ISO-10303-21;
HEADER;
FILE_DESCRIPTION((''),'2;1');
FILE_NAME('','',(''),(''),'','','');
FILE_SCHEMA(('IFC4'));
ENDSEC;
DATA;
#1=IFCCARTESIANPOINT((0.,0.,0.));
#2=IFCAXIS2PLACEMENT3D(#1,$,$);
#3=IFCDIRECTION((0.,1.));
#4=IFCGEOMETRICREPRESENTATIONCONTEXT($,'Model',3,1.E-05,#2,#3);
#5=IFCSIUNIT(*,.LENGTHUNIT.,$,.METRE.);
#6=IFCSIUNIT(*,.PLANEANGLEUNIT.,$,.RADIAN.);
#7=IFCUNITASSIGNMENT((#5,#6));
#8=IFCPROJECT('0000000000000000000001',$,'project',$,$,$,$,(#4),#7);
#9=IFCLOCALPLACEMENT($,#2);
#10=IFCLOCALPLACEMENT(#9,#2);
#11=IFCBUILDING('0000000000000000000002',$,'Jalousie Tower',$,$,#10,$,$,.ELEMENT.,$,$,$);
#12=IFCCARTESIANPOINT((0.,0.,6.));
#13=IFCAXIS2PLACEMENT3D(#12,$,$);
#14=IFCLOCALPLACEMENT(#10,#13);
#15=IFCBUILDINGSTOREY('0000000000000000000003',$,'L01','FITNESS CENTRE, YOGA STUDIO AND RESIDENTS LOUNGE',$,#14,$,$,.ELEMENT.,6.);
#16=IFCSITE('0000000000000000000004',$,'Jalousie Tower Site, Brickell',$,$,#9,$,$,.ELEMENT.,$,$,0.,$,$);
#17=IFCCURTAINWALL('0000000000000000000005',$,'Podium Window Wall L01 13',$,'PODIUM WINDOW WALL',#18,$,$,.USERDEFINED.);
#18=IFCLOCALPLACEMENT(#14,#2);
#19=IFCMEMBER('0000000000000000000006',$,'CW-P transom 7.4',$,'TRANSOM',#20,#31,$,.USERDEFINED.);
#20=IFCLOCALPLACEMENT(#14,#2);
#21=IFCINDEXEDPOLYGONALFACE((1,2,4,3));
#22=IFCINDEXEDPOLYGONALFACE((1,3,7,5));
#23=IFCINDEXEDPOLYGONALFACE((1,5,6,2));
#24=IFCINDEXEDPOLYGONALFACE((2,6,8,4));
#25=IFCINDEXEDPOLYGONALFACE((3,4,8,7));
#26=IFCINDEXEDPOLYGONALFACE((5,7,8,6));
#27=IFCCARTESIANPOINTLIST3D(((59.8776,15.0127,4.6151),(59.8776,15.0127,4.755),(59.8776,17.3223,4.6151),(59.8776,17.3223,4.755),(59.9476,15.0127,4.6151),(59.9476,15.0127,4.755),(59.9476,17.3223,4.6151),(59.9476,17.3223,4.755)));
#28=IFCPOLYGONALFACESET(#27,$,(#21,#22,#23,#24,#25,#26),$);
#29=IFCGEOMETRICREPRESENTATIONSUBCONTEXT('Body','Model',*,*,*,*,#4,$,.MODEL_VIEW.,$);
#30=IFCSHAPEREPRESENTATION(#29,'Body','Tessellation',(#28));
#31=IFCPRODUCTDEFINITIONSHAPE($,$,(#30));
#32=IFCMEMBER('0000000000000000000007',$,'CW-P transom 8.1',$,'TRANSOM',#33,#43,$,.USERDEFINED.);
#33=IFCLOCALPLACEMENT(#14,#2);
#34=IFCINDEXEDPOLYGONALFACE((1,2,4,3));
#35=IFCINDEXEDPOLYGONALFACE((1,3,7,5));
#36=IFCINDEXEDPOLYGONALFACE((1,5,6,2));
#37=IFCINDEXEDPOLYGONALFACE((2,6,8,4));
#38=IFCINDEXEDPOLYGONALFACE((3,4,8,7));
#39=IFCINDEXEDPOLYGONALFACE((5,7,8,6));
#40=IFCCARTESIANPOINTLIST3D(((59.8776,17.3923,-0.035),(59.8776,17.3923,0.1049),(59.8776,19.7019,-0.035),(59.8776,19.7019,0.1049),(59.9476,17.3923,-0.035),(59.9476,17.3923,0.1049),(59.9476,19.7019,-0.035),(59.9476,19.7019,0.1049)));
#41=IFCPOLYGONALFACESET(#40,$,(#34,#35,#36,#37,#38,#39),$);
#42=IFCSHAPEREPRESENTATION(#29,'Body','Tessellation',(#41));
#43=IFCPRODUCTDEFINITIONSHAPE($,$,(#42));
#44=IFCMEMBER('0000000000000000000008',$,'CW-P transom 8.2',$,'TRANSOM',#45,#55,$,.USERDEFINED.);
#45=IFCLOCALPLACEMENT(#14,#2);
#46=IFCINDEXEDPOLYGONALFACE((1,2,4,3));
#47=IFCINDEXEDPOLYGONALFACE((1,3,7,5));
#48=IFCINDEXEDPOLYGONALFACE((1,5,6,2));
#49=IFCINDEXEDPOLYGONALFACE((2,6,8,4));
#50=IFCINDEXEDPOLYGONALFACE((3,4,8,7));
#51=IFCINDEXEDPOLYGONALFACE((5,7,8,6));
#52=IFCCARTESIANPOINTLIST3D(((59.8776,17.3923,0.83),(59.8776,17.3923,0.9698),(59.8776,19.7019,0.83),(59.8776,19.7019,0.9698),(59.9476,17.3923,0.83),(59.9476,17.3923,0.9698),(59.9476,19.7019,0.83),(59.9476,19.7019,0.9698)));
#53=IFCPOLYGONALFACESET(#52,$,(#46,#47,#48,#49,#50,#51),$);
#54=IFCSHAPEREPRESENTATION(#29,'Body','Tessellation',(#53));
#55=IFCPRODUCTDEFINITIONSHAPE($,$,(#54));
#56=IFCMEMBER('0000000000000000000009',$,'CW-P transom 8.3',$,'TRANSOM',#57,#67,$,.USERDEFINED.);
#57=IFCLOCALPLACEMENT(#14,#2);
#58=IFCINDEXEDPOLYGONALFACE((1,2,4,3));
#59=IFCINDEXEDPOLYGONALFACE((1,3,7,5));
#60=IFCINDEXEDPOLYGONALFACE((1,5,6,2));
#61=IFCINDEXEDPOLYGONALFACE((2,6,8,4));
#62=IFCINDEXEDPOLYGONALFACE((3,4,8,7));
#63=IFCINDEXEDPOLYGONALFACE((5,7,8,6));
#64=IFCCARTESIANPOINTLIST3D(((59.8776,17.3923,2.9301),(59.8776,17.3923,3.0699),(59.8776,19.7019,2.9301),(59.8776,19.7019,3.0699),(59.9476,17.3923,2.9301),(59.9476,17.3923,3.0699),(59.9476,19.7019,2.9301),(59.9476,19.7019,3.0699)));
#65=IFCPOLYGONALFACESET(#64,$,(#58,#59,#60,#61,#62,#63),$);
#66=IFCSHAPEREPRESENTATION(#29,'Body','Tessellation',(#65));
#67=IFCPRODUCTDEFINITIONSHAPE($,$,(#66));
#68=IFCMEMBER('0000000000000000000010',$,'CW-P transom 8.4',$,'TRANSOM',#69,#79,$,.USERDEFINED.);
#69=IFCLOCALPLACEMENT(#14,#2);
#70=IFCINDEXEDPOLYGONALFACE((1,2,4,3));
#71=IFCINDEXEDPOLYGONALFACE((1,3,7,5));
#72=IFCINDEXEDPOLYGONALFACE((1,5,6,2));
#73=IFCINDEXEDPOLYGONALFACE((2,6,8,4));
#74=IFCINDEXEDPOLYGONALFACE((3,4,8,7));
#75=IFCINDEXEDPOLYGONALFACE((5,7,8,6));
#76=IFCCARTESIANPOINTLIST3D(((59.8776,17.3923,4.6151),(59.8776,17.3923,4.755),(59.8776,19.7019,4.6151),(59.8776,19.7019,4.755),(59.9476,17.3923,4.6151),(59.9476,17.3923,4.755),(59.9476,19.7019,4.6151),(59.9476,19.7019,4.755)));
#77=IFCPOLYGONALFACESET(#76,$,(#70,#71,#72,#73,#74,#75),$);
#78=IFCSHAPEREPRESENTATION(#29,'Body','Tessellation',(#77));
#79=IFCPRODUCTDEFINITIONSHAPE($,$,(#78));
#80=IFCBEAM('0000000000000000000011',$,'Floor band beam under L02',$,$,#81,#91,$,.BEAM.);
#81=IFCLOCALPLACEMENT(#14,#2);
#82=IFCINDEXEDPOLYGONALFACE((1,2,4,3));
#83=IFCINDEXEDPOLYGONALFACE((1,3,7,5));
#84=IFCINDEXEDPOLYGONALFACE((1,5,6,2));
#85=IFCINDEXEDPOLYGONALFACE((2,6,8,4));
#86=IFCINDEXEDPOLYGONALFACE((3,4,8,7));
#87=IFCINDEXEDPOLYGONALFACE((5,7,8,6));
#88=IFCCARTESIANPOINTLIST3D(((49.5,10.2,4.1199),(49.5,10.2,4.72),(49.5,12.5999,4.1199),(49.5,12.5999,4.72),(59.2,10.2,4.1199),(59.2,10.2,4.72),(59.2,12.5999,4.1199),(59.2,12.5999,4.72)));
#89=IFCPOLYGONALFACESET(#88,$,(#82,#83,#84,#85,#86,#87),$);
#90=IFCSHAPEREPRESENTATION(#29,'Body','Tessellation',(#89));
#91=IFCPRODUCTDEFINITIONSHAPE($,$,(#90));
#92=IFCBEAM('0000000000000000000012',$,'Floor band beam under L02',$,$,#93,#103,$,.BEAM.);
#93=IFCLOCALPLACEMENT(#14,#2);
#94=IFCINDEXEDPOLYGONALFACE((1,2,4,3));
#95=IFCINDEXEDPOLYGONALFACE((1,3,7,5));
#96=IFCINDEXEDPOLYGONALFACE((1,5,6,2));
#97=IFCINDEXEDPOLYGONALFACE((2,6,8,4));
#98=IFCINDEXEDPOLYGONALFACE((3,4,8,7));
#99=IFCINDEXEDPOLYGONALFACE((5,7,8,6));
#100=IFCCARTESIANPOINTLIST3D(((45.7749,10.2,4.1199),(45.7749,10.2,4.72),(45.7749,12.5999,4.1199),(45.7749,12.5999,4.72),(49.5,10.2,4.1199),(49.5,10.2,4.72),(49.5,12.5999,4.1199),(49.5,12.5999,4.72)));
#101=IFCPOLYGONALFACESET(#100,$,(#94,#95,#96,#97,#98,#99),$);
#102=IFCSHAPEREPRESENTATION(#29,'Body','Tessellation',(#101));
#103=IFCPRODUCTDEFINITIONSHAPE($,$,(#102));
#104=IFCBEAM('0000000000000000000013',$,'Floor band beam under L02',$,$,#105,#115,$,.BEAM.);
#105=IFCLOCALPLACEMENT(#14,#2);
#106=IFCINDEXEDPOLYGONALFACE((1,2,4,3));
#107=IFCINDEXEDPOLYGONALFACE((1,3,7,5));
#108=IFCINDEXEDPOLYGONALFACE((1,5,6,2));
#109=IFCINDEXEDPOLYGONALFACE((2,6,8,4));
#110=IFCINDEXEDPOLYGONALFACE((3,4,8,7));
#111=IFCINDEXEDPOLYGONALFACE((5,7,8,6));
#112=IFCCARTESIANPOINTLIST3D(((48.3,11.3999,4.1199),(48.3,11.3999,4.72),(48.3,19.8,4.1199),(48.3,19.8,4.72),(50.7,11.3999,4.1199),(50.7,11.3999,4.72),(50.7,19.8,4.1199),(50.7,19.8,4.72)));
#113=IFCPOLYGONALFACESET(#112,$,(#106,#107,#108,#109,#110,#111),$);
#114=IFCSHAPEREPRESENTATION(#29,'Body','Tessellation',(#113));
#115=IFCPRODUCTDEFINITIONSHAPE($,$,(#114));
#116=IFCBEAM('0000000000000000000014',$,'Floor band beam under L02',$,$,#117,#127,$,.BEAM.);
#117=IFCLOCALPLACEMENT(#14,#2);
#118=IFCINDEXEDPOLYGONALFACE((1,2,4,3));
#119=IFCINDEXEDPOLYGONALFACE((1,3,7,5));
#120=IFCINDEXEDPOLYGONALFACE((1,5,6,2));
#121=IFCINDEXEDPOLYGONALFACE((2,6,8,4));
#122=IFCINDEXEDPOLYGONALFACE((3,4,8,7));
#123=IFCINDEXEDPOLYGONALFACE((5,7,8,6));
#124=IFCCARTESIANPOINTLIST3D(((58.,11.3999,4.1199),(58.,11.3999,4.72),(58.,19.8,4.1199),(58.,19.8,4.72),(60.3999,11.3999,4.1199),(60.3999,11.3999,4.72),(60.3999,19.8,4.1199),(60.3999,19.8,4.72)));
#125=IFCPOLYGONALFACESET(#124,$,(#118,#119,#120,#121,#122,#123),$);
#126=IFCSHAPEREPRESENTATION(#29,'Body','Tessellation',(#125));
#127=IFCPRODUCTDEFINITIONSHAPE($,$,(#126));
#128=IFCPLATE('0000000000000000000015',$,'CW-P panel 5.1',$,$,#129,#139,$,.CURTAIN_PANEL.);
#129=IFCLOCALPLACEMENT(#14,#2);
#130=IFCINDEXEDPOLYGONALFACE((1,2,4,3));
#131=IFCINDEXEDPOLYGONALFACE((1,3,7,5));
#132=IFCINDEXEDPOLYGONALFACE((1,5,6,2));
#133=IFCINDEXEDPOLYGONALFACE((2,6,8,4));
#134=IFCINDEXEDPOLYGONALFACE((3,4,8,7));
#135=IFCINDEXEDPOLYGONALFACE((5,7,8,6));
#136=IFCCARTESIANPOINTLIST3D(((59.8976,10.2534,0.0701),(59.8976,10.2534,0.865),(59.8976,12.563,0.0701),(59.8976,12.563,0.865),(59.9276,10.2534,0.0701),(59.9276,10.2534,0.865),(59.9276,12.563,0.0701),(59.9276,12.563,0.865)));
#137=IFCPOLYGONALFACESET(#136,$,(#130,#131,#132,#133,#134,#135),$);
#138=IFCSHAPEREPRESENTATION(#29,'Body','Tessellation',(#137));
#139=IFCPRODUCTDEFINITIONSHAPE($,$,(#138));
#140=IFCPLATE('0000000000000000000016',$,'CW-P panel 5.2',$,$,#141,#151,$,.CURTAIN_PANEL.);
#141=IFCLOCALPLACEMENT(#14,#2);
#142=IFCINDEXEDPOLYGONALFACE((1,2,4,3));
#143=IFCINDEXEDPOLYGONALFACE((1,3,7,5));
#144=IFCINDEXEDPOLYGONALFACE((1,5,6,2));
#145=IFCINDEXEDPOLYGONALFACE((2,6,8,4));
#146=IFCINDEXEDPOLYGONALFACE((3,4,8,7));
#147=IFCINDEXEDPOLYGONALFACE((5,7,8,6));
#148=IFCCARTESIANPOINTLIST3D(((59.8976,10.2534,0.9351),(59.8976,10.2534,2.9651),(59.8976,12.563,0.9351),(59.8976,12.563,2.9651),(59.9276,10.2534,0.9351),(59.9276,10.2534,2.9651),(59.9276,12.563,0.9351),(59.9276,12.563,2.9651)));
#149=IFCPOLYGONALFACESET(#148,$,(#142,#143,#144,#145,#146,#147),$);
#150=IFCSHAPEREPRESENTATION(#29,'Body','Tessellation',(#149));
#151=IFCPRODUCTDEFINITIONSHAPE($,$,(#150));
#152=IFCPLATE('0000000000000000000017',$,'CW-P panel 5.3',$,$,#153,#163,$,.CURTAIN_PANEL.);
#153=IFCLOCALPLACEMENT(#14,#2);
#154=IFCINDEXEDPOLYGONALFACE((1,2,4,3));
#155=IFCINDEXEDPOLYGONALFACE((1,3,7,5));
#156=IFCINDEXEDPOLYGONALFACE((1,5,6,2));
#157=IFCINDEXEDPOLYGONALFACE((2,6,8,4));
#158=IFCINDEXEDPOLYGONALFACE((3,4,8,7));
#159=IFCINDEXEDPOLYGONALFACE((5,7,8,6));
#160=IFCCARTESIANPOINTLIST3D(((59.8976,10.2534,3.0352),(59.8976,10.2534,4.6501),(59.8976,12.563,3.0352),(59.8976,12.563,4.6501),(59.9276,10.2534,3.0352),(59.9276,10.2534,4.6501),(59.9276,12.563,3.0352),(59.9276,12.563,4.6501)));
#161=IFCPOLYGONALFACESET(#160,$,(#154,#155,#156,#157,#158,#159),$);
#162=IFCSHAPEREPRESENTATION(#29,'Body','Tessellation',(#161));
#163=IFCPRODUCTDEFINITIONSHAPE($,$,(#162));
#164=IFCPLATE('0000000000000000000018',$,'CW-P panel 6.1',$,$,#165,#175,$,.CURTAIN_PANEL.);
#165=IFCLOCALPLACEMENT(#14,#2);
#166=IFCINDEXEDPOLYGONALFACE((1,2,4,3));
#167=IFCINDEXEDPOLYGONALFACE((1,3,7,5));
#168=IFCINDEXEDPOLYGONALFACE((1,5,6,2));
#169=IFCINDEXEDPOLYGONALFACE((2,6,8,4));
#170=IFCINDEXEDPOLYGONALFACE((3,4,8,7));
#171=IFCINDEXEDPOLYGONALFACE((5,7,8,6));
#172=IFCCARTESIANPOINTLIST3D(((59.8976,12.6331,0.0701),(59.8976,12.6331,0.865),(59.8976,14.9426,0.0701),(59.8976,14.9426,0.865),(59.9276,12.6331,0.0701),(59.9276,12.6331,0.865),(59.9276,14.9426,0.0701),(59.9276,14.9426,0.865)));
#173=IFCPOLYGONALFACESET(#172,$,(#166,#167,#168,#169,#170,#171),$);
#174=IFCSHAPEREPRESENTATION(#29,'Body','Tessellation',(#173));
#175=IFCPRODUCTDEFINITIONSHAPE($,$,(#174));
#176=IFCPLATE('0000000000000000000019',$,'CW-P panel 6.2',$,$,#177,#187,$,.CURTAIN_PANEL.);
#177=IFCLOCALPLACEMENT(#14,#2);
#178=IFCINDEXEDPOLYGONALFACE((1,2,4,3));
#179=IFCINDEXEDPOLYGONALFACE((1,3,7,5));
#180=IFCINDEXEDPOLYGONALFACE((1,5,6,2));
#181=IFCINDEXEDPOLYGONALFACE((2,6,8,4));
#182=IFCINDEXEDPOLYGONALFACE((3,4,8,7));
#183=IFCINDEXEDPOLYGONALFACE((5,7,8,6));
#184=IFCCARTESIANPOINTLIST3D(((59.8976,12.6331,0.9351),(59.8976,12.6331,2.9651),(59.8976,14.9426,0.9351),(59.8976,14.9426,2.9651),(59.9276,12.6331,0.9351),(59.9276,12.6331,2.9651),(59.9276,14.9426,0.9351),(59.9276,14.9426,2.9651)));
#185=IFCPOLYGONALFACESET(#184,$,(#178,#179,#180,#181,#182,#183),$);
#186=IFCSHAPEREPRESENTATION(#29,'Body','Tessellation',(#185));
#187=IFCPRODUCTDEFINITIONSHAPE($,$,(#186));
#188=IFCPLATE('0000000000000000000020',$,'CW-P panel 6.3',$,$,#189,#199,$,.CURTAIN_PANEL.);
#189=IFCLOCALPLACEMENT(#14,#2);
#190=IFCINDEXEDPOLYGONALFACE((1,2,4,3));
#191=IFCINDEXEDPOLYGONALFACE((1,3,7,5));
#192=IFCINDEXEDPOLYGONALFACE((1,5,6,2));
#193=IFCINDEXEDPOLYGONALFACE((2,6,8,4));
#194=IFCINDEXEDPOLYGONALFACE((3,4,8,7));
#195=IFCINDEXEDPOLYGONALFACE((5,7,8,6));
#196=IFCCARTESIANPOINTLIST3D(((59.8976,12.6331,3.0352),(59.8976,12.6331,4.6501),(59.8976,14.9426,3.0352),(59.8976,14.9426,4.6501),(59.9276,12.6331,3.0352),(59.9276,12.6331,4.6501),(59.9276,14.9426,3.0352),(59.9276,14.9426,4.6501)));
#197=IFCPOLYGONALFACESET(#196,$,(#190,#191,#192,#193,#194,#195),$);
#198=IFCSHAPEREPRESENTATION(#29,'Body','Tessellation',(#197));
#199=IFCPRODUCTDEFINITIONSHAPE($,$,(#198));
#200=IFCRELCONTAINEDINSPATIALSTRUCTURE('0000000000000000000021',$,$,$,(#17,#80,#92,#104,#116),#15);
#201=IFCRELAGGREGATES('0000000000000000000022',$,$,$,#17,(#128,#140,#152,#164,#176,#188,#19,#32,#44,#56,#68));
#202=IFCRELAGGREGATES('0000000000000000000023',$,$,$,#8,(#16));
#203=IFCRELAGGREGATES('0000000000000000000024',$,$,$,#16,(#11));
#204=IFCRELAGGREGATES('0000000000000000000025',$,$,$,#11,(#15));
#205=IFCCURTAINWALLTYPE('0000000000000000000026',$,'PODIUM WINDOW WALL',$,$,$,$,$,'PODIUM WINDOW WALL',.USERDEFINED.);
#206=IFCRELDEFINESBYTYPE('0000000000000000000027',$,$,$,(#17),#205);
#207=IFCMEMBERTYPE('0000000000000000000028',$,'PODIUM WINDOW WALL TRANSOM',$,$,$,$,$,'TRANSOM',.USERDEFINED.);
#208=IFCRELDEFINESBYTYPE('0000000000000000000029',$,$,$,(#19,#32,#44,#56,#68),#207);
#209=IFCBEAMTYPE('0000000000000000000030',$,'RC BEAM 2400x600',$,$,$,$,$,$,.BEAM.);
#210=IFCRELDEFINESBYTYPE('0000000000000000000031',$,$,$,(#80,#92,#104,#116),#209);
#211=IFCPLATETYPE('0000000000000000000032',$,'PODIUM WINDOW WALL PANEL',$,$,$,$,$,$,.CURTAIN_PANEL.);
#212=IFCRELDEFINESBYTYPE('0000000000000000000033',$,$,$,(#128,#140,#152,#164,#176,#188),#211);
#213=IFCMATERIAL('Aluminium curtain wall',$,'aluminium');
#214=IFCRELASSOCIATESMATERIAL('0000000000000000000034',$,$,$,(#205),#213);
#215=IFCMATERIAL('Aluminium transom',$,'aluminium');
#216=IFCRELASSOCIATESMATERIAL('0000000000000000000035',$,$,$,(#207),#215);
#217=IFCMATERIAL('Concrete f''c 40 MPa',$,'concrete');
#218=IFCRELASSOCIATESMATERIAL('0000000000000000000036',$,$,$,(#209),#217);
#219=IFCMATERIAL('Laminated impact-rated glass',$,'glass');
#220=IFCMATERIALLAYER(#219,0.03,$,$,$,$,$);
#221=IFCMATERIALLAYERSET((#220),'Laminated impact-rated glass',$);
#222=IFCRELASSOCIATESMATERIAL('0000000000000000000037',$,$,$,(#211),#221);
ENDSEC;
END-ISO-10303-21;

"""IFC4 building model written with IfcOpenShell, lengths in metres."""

from ifc_helpers import new_model, si_unit, direction, frame, origin, origin_2d, place, context, subcontext, project, spatial, rectangle, extrude, material, layer, layer_set, material_profile, profile_set, type_object, element, aggregate, save


model = new_model("IFC4")

# Units and contexts
model_context = context("Model", 3, precision=1e-05, world=origin(), true_north=direction((0.0, 1.0)))
body_context = subcontext(model_context, "Body", "Model", "MODEL_VIEW")
ifc_project = project(units=[si_unit("LENGTHUNIT", "METRE"), si_unit("PLANEANGLEUNIT", "RADIAN")], contexts=[model_context])

# Site, building, storey
site_placement = place(None, origin())
site = spatial("IfcSite", under=ifc_project, at=site_placement, Name="Jalousie Tower Site, Brickell", CompositionType="ELEMENT", RefElevation=0.0)
building_placement = place(site_placement, origin())
building = spatial("IfcBuilding", under=site, at=building_placement, Name="Jalousie Tower", CompositionType="ELEMENT")
storey_placement = place(building_placement, frame((0.0, 0.0, 6.0)))
storey = spatial("IfcBuildingStorey", under=building, at=storey_placement, Name="L01", Description="FITNESS CENTRE, YOGA STUDIO AND RESIDENTS LOUNGE", CompositionType="ELEMENT", Elevation=6.0)

# Curtain wall, members
ifc_material_1 = material(Name="Aluminium curtain wall", Category="aluminium")
curtain_wall_type = type_object("IfcCurtainWallType", Name="PODIUM WINDOW WALL", ElementType="PODIUM WINDOW WALL", PredefinedType="USERDEFINED", material=ifc_material_1)
curtain_wall_placement = place(storey_placement, origin())
curtain_wall = element("IfcCurtainWall", 1, at=curtain_wall_placement, inside=storey, type_object=curtain_wall_type, Name="Podium Window Wall L01 13", ObjectType="PODIUM WINDOW WALL", PredefinedType="USERDEFINED")
ifc_material_2 = material(Name="Aluminium transom", Category="aluminium")
ifc_material_profile_1 = material_profile(ifc_material_2, rectangle(XDim=0.0701, YDim=0.1399, at=origin_2d()), Name="TRANSOM 70x140")
ifc_profile_set_1 = profile_set([ifc_material_profile_1], Name="Aluminium transom")
member_type_1 = type_object("IfcMemberType", Name="PODIUM WINDOW WALL TRANSOM", ElementType="TRANSOM", PredefinedType="USERDEFINED", material=ifc_profile_set_1)
member_1_placement = place(storey_placement, frame((59.9126, 15.0127, 4.6851), z_axis=(0.0, 1.0, 0.0), x_axis=(-1.0, 0.0, 0.0)))
member_1 = element("IfcMember", 2, at=member_1_placement, type_object=member_type_1, Name="CW-P transom 7.4", ObjectType="TRANSOM", PredefinedType="USERDEFINED", context=body_context, shape_type="SweptSolid", body=[
    extrude(rectangle(XDim=0.0701, YDim=0.1399, at=origin_2d()), origin(), (0.0, 0.0, 1.0), 2.3096),
])
member_2_placement = place(storey_placement, frame((59.9126, 17.3923, 0.0349), z_axis=(0.0, 1.0, 0.0), x_axis=(-1.0, 0.0, 0.0)))
member_2 = element("IfcMember", 3, at=member_2_placement, type_object=member_type_1, Name="CW-P transom 8.1", ObjectType="TRANSOM", PredefinedType="USERDEFINED", context=body_context, shape_type="SweptSolid", body=[
    extrude(rectangle(XDim=0.0701, YDim=0.1399, at=origin_2d()), origin(), (0.0, 0.0, 1.0), 2.3096),
])
member_3_placement = place(storey_placement, frame((59.9126, 17.3923, 0.8999), z_axis=(0.0, 1.0, 0.0), x_axis=(-1.0, 0.0, 0.0)))
member_3 = element("IfcMember", 4, at=member_3_placement, type_object=member_type_1, Name="CW-P transom 8.2", ObjectType="TRANSOM", PredefinedType="USERDEFINED", context=body_context, shape_type="SweptSolid", body=[
    extrude(rectangle(XDim=0.0701, YDim=0.1399, at=origin_2d()), origin(), (0.0, 0.0, 1.0), 2.3096),
])
member_4_placement = place(storey_placement, frame((59.9126, 17.3923, 3.0), z_axis=(0.0, 1.0, 0.0), x_axis=(-1.0, 0.0, 0.0)))
member_4 = element("IfcMember", 5, at=member_4_placement, type_object=member_type_1, Name="CW-P transom 8.3", ObjectType="TRANSOM", PredefinedType="USERDEFINED", context=body_context, shape_type="SweptSolid", body=[
    extrude(rectangle(XDim=0.0701, YDim=0.1399, at=origin_2d()), origin(), (0.0, 0.0, 1.0), 2.3096),
])
member_5_placement = place(storey_placement, frame((59.9126, 17.3923, 4.6851), z_axis=(0.0, 1.0, 0.0), x_axis=(-1.0, 0.0, 0.0)))
member_5 = element("IfcMember", 6, at=member_5_placement, type_object=member_type_1, Name="CW-P transom 8.4", ObjectType="TRANSOM", PredefinedType="USERDEFINED", context=body_context, shape_type="SweptSolid", body=[
    extrude(rectangle(XDim=0.0701, YDim=0.1399, at=origin_2d()), origin(), (0.0, 0.0, 1.0), 2.3096),
])

# Beams
ifc_material_3 = material(Name="Concrete f'c 40 MPa", Category="concrete")
ifc_material_profile_2 = material_profile(ifc_material_3, rectangle(XDim=2.3999, YDim=0.6001, at=origin_2d()), Name="RC 2400x600")
ifc_profile_set_2 = profile_set([ifc_material_profile_2], Name="Concrete f'c 40 MPa")
beam_type = type_object("IfcBeamType", Name="RC BEAM 2400x600", PredefinedType="BEAM", material=ifc_profile_set_2)
beam_1_placement = place(storey_placement, frame((49.5, 11.3999, 4.4199), z_axis=(1.0, 0.0, 0.0), x_axis=(0.0, 1.0, 0.0)))
element("IfcBeam", 7, at=beam_1_placement, inside=storey, type_object=beam_type, Name="Floor band beam under L02", PredefinedType="BEAM", context=body_context, shape_type="SweptSolid", body=[
    extrude(rectangle(XDim=2.3999, YDim=0.6001, at=origin_2d()), origin(), (0.0, 0.0, 1.0), 9.7),
])
beam_2_placement = place(storey_placement, frame((49.5, 11.3999, 4.4199), z_axis=(-1.0, 0.0, 0.0), x_axis=(0.0, -1.0, 0.0)))
element("IfcBeam", 8, at=beam_2_placement, inside=storey, type_object=beam_type, Name="Floor band beam under L02", PredefinedType="BEAM", context=body_context, shape_type="SweptSolid", body=[
    extrude(rectangle(XDim=2.3999, YDim=0.6001, at=origin_2d()), origin(), (0.0, 0.0, 1.0), 3.7251),
])
for number, where, z_axis, x_axis, name in (
    (9, (49.5, 11.3999, 4.4199), (0.0, 1.0, 0.0), (-1.0, 0.0, 0.0), "Floor band beam under L02"),
    (10, (59.2, 11.3999, 4.4199), (0.0, 1.0, 0.0), (-1.0, 0.0, 0.0), "Floor band beam under L02"),
):
    element("IfcBeam", number, at=place(storey_placement, frame(where, z_axis=z_axis, x_axis=x_axis)), inside=storey, type_object=beam_type, Name=name, PredefinedType="BEAM", context=body_context, shape_type="SweptSolid", body=[
        extrude(rectangle(XDim=2.3999, YDim=0.6001, at=origin_2d()), origin(), (0.0, 0.0, 1.0), 8.4001),
    ])

# Plates
ifc_material_4 = material(Name="Laminated impact-rated glass", Category="glass")
ifc_layer = layer(ifc_material_4, 0.03)
ifc_layer_set = layer_set([ifc_layer], Name="Laminated impact-rated glass")
plate_type = type_object("IfcPlateType", Name="PODIUM WINDOW WALL PANEL", PredefinedType="CURTAIN_PANEL", material=ifc_layer_set)
plate_1_placement = place(storey_placement, frame((59.9126, 11.4082, 0.0701), z_axis=(0.0, 0.0, 1.0), x_axis=(0.0, 1.0, 0.0)))
plate_1 = element("IfcPlate", 11, at=plate_1_placement, type_object=plate_type, Name="CW-P panel 5.1", PredefinedType="CURTAIN_PANEL", context=body_context, shape_type="SweptSolid", body=[
    extrude(rectangle(XDim=2.3096, YDim=0.03, at=origin_2d()), origin(), (0.0, 0.0, 1.0), 0.7949),
])
plate_2_placement = place(storey_placement, frame((59.9126, 11.4082, 0.9351), z_axis=(0.0, 0.0, 1.0), x_axis=(0.0, 1.0, 0.0)))
plate_2 = element("IfcPlate", 12, at=plate_2_placement, type_object=plate_type, Name="CW-P panel 5.2", PredefinedType="CURTAIN_PANEL", context=body_context, shape_type="SweptSolid", body=[
    extrude(rectangle(XDim=2.3096, YDim=0.03, at=origin_2d()), origin(), (0.0, 0.0, 1.0), 2.03),
])
plate_3_placement = place(storey_placement, frame((59.9126, 11.4082, 3.0352), z_axis=(0.0, 0.0, 1.0), x_axis=(0.0, 1.0, 0.0)))
plate_3 = element("IfcPlate", 13, at=plate_3_placement, type_object=plate_type, Name="CW-P panel 5.3", PredefinedType="CURTAIN_PANEL", context=body_context, shape_type="SweptSolid", body=[
    extrude(rectangle(XDim=2.3096, YDim=0.03, at=origin_2d()), origin(), (0.0, 0.0, 1.0), 1.615),
])
plate_4_placement = place(storey_placement, frame((59.9126, 13.7878, 0.0701), z_axis=(0.0, 0.0, 1.0), x_axis=(0.0, 1.0, 0.0)))
plate_4 = element("IfcPlate", 14, at=plate_4_placement, type_object=plate_type, Name="CW-P panel 6.1", PredefinedType="CURTAIN_PANEL", context=body_context, shape_type="SweptSolid", body=[
    extrude(rectangle(XDim=2.3096, YDim=0.03, at=origin_2d()), origin(), (0.0, 0.0, 1.0), 0.7949),
])
plate_5_placement = place(storey_placement, frame((59.9126, 13.7878, 0.9351), z_axis=(0.0, 0.0, 1.0), x_axis=(0.0, 1.0, 0.0)))
plate_5 = element("IfcPlate", 15, at=plate_5_placement, type_object=plate_type, Name="CW-P panel 6.2", PredefinedType="CURTAIN_PANEL", context=body_context, shape_type="SweptSolid", body=[
    extrude(rectangle(XDim=2.3096, YDim=0.03, at=origin_2d()), origin(), (0.0, 0.0, 1.0), 2.03),
])
plate_6_placement = place(storey_placement, frame((59.9126, 13.7878, 3.0352), z_axis=(0.0, 0.0, 1.0), x_axis=(0.0, 1.0, 0.0)))
plate_6 = element("IfcPlate", 16, at=plate_6_placement, type_object=plate_type, Name="CW-P panel 6.3", PredefinedType="CURTAIN_PANEL", context=body_context, shape_type="SweptSolid", body=[
    extrude(rectangle(XDim=2.3096, YDim=0.03, at=origin_2d()), origin(), (0.0, 0.0, 1.0), 1.615),
])
aggregate(curtain_wall, [plate_1, plate_2, plate_3, plate_4, plate_5, plate_6, member_1, member_2, member_3, member_4, member_5])

save(model, "model.ifc")
